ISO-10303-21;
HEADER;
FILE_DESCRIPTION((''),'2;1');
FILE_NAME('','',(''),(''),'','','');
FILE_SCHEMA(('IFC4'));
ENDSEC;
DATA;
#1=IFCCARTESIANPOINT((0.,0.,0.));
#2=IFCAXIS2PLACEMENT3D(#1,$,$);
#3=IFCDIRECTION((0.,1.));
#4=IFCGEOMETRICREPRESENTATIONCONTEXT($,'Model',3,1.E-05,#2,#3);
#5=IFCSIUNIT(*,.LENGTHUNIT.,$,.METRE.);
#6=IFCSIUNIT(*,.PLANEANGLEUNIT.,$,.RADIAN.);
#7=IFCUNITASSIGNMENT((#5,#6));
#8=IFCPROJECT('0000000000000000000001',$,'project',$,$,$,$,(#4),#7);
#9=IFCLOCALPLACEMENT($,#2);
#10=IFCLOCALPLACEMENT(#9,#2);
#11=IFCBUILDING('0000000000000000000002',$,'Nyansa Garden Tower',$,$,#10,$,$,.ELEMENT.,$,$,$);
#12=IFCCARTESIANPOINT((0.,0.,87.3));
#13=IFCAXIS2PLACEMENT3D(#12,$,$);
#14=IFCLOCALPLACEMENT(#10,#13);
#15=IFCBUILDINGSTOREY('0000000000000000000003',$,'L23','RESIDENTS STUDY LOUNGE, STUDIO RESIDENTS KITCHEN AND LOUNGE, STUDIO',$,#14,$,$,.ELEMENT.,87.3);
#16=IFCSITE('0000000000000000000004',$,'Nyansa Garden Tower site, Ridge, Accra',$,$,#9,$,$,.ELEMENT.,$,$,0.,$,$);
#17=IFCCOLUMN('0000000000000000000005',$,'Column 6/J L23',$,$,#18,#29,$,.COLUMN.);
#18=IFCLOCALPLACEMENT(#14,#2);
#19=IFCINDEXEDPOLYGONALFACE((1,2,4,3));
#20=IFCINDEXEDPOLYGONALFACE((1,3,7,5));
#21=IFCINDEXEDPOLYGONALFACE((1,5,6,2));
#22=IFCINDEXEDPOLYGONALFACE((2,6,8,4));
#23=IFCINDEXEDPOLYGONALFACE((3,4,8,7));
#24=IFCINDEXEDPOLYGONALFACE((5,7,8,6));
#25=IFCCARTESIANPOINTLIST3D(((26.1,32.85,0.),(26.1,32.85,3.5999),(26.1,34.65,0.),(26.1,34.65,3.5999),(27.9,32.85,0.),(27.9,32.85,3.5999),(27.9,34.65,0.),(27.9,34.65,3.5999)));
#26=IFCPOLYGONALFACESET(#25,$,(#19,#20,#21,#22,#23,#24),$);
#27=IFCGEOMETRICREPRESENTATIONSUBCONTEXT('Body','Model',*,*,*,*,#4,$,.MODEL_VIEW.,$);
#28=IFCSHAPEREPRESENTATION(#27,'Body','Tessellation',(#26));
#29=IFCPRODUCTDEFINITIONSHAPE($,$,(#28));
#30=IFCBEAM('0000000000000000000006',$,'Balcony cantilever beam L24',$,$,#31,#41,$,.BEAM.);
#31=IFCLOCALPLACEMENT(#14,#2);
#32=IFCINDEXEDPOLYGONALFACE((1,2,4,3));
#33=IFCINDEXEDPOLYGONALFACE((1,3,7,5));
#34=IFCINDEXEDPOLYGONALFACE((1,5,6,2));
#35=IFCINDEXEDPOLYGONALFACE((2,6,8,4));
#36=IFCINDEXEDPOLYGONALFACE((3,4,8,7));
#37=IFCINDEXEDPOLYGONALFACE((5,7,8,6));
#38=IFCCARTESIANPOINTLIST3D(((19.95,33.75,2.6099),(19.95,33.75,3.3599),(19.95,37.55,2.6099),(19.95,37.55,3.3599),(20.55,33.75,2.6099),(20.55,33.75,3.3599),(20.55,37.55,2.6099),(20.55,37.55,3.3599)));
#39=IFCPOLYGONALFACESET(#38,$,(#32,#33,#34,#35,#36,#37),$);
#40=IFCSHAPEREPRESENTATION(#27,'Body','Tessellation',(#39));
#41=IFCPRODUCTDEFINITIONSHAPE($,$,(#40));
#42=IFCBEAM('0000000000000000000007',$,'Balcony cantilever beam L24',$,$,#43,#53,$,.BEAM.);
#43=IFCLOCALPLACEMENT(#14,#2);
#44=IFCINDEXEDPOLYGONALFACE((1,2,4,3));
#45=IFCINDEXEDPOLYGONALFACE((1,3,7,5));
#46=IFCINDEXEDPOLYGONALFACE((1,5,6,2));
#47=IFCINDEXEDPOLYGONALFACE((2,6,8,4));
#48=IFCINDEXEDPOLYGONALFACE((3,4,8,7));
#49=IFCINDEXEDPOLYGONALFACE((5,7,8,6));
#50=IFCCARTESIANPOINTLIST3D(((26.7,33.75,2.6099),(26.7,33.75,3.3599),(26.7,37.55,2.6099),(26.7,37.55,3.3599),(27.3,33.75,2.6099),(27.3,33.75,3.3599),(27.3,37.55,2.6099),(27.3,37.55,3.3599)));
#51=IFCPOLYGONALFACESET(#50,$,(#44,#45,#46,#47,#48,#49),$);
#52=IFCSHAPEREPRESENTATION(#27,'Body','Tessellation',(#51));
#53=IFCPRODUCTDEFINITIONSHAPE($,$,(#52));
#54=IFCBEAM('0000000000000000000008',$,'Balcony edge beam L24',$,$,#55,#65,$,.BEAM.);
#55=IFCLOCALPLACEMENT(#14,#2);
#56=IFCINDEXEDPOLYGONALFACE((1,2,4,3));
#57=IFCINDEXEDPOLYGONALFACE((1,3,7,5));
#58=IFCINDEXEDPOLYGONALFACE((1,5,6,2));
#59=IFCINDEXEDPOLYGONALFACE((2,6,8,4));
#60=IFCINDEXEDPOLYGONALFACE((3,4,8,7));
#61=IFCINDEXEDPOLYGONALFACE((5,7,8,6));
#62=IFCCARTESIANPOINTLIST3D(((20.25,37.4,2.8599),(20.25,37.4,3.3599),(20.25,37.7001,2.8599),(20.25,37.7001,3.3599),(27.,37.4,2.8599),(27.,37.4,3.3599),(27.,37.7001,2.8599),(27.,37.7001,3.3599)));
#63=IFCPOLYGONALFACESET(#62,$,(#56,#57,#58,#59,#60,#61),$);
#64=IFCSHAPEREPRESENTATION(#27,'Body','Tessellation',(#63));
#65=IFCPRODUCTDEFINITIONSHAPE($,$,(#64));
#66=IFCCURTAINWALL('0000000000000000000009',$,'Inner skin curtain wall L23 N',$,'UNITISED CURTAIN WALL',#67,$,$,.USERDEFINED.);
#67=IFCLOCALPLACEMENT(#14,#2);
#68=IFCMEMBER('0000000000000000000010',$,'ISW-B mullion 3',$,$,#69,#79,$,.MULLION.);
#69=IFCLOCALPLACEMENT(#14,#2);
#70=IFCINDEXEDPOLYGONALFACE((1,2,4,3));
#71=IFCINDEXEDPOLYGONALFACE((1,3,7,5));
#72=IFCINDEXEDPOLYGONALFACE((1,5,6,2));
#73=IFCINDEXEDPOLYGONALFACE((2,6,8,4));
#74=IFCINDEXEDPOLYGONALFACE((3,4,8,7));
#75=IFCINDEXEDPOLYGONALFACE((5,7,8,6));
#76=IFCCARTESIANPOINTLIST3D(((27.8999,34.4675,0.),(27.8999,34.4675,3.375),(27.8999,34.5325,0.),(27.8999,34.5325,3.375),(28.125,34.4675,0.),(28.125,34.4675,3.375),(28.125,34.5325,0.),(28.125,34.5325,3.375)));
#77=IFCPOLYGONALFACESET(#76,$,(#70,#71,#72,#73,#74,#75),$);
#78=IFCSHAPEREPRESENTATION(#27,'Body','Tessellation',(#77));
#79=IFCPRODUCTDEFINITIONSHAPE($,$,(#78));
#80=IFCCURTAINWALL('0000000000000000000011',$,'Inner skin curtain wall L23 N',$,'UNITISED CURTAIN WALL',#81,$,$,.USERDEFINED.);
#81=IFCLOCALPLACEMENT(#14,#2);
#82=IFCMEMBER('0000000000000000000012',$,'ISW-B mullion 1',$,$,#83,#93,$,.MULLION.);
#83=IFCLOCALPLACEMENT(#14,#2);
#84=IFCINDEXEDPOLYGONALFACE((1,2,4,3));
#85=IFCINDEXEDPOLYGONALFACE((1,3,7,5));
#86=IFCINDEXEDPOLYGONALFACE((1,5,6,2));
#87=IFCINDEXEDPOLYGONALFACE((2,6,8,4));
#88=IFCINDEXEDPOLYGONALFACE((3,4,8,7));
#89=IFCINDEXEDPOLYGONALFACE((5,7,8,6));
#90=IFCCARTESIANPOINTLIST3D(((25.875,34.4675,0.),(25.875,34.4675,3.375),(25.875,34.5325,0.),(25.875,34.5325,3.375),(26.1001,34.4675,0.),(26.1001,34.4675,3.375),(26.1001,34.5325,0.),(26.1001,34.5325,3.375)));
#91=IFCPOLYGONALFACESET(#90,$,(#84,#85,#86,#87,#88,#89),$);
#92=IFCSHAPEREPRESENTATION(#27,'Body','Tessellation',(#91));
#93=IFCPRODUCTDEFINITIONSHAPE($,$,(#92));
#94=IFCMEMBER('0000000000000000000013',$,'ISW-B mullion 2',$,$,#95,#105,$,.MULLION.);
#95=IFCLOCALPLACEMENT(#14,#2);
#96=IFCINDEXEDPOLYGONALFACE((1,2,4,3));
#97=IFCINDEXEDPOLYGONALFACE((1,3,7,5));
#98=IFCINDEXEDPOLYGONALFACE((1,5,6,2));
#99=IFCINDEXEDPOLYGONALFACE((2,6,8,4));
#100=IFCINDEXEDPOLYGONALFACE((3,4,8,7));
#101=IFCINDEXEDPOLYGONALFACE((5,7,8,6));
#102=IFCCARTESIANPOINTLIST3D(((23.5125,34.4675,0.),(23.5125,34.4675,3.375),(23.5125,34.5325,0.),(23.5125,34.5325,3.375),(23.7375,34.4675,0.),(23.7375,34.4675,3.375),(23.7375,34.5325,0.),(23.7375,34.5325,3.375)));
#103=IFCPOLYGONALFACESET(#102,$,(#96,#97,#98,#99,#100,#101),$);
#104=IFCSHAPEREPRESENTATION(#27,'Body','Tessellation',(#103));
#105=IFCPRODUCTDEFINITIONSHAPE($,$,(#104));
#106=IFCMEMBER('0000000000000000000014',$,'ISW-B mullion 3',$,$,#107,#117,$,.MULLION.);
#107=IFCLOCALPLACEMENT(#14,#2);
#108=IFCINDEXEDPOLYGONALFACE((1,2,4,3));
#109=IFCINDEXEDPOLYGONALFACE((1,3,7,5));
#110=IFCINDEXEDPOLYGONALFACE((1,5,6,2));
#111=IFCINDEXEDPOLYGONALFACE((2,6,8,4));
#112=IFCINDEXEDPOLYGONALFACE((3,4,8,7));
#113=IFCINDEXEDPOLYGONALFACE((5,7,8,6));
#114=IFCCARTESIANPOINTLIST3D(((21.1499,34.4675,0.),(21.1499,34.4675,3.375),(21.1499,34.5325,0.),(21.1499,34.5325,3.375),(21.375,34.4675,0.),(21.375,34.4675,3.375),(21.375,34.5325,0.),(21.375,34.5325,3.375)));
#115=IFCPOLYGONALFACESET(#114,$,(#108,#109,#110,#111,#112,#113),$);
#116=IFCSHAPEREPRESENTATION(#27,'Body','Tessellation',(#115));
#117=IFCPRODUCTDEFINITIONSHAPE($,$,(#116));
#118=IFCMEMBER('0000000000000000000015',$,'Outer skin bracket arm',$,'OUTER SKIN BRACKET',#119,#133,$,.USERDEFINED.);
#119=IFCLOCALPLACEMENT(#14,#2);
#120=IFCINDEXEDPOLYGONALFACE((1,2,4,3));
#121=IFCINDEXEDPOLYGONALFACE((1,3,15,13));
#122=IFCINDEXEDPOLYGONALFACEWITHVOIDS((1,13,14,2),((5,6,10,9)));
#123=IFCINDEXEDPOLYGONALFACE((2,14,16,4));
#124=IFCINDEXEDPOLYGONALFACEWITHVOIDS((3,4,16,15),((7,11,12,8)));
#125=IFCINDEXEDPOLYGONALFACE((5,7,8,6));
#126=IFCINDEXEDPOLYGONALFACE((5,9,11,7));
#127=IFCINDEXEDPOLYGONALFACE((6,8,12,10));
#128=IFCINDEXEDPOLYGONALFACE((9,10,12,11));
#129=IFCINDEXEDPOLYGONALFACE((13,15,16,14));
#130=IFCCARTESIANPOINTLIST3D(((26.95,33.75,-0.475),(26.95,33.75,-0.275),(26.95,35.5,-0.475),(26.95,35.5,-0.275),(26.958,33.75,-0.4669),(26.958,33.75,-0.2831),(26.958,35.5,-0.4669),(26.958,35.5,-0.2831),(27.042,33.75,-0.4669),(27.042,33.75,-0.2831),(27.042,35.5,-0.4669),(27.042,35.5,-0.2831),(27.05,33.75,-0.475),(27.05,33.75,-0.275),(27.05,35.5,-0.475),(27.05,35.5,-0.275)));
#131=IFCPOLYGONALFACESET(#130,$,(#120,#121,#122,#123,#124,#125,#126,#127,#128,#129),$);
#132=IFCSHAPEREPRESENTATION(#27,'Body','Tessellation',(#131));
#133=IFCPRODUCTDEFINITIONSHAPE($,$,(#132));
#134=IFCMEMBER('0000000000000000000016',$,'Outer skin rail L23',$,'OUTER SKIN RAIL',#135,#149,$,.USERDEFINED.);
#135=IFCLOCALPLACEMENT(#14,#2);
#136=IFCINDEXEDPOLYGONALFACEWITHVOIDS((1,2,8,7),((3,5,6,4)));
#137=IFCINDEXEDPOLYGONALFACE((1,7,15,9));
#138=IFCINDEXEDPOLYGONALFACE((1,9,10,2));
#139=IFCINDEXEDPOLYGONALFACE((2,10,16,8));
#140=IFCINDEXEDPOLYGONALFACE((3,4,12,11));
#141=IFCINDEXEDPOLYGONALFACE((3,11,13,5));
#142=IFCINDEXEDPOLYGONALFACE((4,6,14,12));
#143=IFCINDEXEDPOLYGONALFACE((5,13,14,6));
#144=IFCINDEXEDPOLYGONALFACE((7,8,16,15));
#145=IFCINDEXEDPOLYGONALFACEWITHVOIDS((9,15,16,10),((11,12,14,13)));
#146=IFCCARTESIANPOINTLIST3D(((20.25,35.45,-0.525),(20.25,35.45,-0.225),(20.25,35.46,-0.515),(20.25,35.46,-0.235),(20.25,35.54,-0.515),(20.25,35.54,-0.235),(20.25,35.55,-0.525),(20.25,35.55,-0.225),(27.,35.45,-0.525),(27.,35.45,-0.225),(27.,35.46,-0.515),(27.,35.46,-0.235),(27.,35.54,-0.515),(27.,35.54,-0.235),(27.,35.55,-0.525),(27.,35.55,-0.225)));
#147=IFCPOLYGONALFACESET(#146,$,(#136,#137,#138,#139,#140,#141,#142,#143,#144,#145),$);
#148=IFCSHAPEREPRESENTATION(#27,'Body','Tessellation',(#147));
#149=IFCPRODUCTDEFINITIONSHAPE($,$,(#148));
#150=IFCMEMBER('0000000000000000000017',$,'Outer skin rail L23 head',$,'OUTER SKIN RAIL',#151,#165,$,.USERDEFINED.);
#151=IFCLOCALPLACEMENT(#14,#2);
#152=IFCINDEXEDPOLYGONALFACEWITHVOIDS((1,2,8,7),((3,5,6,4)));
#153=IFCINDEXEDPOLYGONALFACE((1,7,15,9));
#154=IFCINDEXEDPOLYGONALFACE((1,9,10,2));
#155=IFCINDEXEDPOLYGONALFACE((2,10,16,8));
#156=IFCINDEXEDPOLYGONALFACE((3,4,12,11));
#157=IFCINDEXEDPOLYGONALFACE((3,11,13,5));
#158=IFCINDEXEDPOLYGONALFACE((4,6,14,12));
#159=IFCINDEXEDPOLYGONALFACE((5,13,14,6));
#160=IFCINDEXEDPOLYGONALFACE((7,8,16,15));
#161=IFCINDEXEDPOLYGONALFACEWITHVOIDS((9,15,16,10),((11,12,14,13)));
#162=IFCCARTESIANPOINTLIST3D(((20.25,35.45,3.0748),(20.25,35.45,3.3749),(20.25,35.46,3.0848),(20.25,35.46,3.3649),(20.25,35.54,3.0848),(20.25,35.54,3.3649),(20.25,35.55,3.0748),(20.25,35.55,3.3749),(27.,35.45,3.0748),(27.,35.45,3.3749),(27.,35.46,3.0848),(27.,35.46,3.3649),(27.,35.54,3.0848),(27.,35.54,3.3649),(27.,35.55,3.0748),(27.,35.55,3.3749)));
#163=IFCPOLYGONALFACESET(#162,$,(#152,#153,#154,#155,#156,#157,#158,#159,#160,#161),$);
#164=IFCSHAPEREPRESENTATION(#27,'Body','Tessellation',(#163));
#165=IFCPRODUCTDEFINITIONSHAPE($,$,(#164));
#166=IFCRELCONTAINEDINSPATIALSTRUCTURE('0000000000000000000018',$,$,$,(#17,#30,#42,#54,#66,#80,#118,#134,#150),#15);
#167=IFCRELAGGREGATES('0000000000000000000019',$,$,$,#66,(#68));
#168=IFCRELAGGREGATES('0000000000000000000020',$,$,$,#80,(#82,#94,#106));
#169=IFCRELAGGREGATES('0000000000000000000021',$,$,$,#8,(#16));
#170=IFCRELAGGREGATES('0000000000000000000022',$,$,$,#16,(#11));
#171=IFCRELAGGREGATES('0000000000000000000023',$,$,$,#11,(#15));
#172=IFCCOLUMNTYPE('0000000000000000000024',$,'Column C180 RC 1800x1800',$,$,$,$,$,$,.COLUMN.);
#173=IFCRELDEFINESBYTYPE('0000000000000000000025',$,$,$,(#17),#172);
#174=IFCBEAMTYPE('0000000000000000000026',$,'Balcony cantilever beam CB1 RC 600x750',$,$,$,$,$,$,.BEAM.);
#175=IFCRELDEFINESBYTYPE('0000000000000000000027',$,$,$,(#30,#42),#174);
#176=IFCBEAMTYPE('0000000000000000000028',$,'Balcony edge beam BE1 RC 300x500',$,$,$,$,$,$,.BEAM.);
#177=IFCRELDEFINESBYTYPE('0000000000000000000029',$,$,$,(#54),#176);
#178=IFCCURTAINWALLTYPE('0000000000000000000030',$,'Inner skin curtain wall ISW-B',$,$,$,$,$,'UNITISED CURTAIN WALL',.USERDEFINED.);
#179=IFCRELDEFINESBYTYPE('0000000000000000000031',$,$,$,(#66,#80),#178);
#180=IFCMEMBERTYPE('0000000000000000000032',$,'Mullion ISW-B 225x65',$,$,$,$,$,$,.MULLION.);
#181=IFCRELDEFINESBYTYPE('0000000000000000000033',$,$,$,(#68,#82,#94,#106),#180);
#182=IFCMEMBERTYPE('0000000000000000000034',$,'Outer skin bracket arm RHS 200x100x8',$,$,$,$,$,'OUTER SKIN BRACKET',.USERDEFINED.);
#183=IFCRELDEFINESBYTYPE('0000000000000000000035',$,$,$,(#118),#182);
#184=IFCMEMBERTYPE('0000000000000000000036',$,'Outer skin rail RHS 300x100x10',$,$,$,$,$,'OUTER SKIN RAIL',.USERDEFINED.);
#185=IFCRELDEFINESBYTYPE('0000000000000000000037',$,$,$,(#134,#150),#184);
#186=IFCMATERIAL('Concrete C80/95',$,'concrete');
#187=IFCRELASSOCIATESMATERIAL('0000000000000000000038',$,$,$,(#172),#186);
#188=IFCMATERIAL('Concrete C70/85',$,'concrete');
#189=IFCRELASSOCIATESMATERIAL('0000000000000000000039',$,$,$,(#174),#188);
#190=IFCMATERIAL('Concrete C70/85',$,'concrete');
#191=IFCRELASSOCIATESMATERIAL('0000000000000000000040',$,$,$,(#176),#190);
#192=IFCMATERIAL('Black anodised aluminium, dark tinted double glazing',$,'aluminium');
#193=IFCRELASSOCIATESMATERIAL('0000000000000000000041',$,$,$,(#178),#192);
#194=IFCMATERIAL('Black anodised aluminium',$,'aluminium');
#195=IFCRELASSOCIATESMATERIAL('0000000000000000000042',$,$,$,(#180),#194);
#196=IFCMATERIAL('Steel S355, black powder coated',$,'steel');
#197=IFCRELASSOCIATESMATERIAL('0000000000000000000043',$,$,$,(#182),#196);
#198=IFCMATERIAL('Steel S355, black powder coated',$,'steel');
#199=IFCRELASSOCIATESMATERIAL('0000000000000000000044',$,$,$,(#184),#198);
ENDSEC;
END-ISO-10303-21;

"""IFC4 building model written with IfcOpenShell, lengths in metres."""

from ifc_helpers import new_model, si_unit, direction, frame, origin, origin_2d, place, context, subcontext, project, spatial, rectangle, hollow_rectangle, extrude, material, material_profile, profile_set, type_object, element, aggregate, save


model = new_model("IFC4")

# Units and contexts
model_context = context("Model", 3, precision=1e-05, world=origin(), true_north=direction((0.0, 1.0)))
body_context = subcontext(model_context, "Body", "Model", "MODEL_VIEW")
ifc_project = project(units=[si_unit("LENGTHUNIT", "METRE"), si_unit("PLANEANGLEUNIT", "RADIAN")], contexts=[model_context])

# Site, building, storey
site_placement = place(None, origin())
site = spatial("IfcSite", under=ifc_project, at=site_placement, Name="Nyansa Garden Tower site, Ridge, Accra", CompositionType="ELEMENT", RefElevation=0.0)
building_placement = place(site_placement, origin())
building = spatial("IfcBuilding", under=site, at=building_placement, Name="Nyansa Garden Tower", CompositionType="ELEMENT")
storey_placement = place(building_placement, frame((0.0, 0.0, 87.3)))
storey = spatial("IfcBuildingStorey", under=building, at=storey_placement, Name="L23", Description="RESIDENTS STUDY LOUNGE, STUDIO RESIDENTS KITCHEN AND LOUNGE, STUDIO", CompositionType="ELEMENT", Elevation=87.3)

# Column
ifc_material_1 = material(Name="Concrete C80/95", Category="concrete")
ifc_material_profile_1 = material_profile(ifc_material_1, rectangle(XDim=1.8, YDim=1.8, at=origin_2d()), Name="RC 1800x1800")
ifc_profile_set_1 = profile_set([ifc_material_profile_1], Name="Concrete C80/95")
column_type = type_object("IfcColumnType", Name="Column C180 RC 1800x1800", PredefinedType="COLUMN", material=ifc_profile_set_1)
column_placement = place(storey_placement, frame((27.0, 33.75, 0.0), z_axis=(0.0, 0.0, 1.0), x_axis=(1.0, 0.0, 0.0)))
element("IfcColumn", 1, at=column_placement, inside=storey, type_object=column_type, Name="Column 6/J L23", PredefinedType="COLUMN", context=body_context, shape_type="SweptSolid", body=[
    extrude(rectangle(XDim=1.8, YDim=1.8, at=origin_2d()), origin(), (0.0, 0.0, 1.0), 3.5999),
])

# Beams
ifc_material_2 = material(Name="Concrete C70/85", Category="concrete")
ifc_material_profile_2 = material_profile(ifc_material_2, rectangle(XDim=0.6001, YDim=0.75, at=origin_2d()), Name="RC 600x750")
ifc_profile_set_2 = profile_set([ifc_material_profile_2], Name="Concrete C70/85")
beam_type_1 = type_object("IfcBeamType", Name="Balcony cantilever beam CB1 RC 600x750", PredefinedType="BEAM", material=ifc_profile_set_2)
for number, where, z_axis, x_axis, name in (
    (2, (20.25, 33.75, 2.9849), (0.0, 1.0, 0.0), (-1.0, 0.0, 0.0), "Balcony cantilever beam L24"),
    (3, (27.0, 33.75, 2.9849), (0.0, 1.0, 0.0), (-1.0, 0.0, 0.0), "Balcony cantilever beam L24"),
):
    element("IfcBeam", number, at=place(storey_placement, frame(where, z_axis=z_axis, x_axis=x_axis)), inside=storey, type_object=beam_type_1, Name=name, PredefinedType="BEAM", context=body_context, shape_type="SweptSolid", body=[
        extrude(rectangle(XDim=0.6001, YDim=0.75, at=origin_2d()), origin(), (0.0, 0.0, 1.0), 3.8),
    ])
ifc_material_3 = material(Name="Concrete C70/85", Category="concrete")
ifc_material_profile_3 = material_profile(ifc_material_3, rectangle(XDim=0.3, YDim=0.5, at=origin_2d()), Name="RC 300x500")
ifc_profile_set_3 = profile_set([ifc_material_profile_3], Name="Concrete C70/85")
beam_type_2 = type_object("IfcBeamType", Name="Balcony edge beam BE1 RC 300x500", PredefinedType="BEAM", material=ifc_profile_set_3)
beam_1_placement = place(storey_placement, frame((20.25, 37.55, 3.1099), z_axis=(1.0, 0.0, 0.0), x_axis=(0.0, 1.0, 0.0)))
element("IfcBeam", 4, at=beam_1_placement, inside=storey, type_object=beam_type_2, Name="Balcony edge beam L24", PredefinedType="BEAM", context=body_context, shape_type="SweptSolid", body=[
    extrude(rectangle(XDim=0.3, YDim=0.5, at=origin_2d()), origin(), (0.0, 0.0, 1.0), 6.75),
])

# Curtain wall, member
ifc_material_4 = material(Name="Black anodised aluminium, dark tinted double glazing", Category="aluminium")
curtain_wall_type = type_object("IfcCurtainWallType", Name="Inner skin curtain wall ISW-B", ElementType="UNITISED CURTAIN WALL", PredefinedType="USERDEFINED", material=ifc_material_4)
curtain_wall_1_placement = place(storey_placement, origin())
curtain_wall_1 = element("IfcCurtainWall", 5, at=curtain_wall_1_placement, inside=storey, type_object=curtain_wall_type, Name="Inner skin curtain wall L23 N", ObjectType="UNITISED CURTAIN WALL", PredefinedType="USERDEFINED")
ifc_material_5 = material(Name="Black anodised aluminium", Category="aluminium")
ifc_material_profile_4 = material_profile(ifc_material_5, rectangle(XDim=0.0649, YDim=0.2251, at=origin_2d()), Name="Mullion 225x65")
ifc_profile_set_4 = profile_set([ifc_material_profile_4], Name="Black anodised aluminium")
member_type_1 = type_object("IfcMemberType", Name="Mullion ISW-B 225x65", PredefinedType="MULLION", material=ifc_profile_set_4)
member_1_placement = place(storey_placement, frame((28.0125, 34.5, 0.0), z_axis=(0.0, 0.0, 1.0), x_axis=(0.0, -1.0, 0.0)))
member_1 = element("IfcMember", 6, at=member_1_placement, type_object=member_type_1, Name="ISW-B mullion 3", PredefinedType="MULLION", context=body_context, shape_type="SweptSolid", body=[
    extrude(rectangle(XDim=0.0649, YDim=0.2251, at=origin_2d()), origin(), (0.0, 0.0, 1.0), 3.375),
])

# Curtain wall, members
curtain_wall_2_placement = place(storey_placement, origin())
curtain_wall_2 = element("IfcCurtainWall", 7, at=curtain_wall_2_placement, inside=storey, type_object=curtain_wall_type, Name="Inner skin curtain wall L23 N", ObjectType="UNITISED CURTAIN WALL", PredefinedType="USERDEFINED")
member_2_placement = place(storey_placement, frame((25.9875, 34.5, 0.0), z_axis=(0.0, 0.0, 1.0), x_axis=(0.0, -1.0, 0.0)))
member_2 = element("IfcMember", 8, at=member_2_placement, type_object=member_type_1, Name="ISW-B mullion 1", PredefinedType="MULLION", context=body_context, shape_type="SweptSolid", body=[
    extrude(rectangle(XDim=0.0649, YDim=0.2251, at=origin_2d()), origin(), (0.0, 0.0, 1.0), 3.375),
])
member_3_placement = place(storey_placement, frame((23.625, 34.5, 0.0), z_axis=(0.0, 0.0, 1.0), x_axis=(0.0, -1.0, 0.0)))
member_3 = element("IfcMember", 9, at=member_3_placement, type_object=member_type_1, Name="ISW-B mullion 2", PredefinedType="MULLION", context=body_context, shape_type="SweptSolid", body=[
    extrude(rectangle(XDim=0.0649, YDim=0.2251, at=origin_2d()), origin(), (0.0, 0.0, 1.0), 3.375),
])
member_4_placement = place(storey_placement, frame((21.2625, 34.5, 0.0), z_axis=(0.0, 0.0, 1.0), x_axis=(0.0, -1.0, 0.0)))
member_4 = element("IfcMember", 10, at=member_4_placement, type_object=member_type_1, Name="ISW-B mullion 3", PredefinedType="MULLION", context=body_context, shape_type="SweptSolid", body=[
    extrude(rectangle(XDim=0.0649, YDim=0.2251, at=origin_2d()), origin(), (0.0, 0.0, 1.0), 3.375),
])

# Members
ifc_material_6 = material(Name="Steel S355, black powder coated", Category="steel")
ifc_material_profile_5 = material_profile(ifc_material_6, hollow_rectangle(XDim=0.1001, YDim=0.2, WallThickness=0.0081, at=origin_2d()), Name="RHS 200x100x8")
ifc_profile_set_5 = profile_set([ifc_material_profile_5], Name="Steel S355, black powder coated")
member_type_2 = type_object("IfcMemberType", Name="Outer skin bracket arm RHS 200x100x8", ElementType="OUTER SKIN BRACKET", PredefinedType="USERDEFINED", material=ifc_profile_set_5)
member_5_placement = place(storey_placement, frame((27.0, 33.75, -0.375), z_axis=(0.0, 1.0, 0.0), x_axis=(-1.0, 0.0, 0.0)))
element("IfcMember", 11, at=member_5_placement, inside=storey, type_object=member_type_2, Name="Outer skin bracket arm", ObjectType="OUTER SKIN BRACKET", PredefinedType="USERDEFINED", context=body_context, shape_type="SweptSolid", body=[
    extrude(hollow_rectangle(XDim=0.1001, YDim=0.2, WallThickness=0.0081, at=origin_2d()), origin(), (0.0, 0.0, 1.0), 1.75),
])
ifc_material_7 = material(Name="Steel S355, black powder coated", Category="steel")
ifc_material_profile_6 = material_profile(ifc_material_7, hollow_rectangle(XDim=0.1001, YDim=0.3, WallThickness=0.01, at=origin_2d()), Name="RHS 300x100x10")
ifc_profile_set_6 = profile_set([ifc_material_profile_6], Name="Steel S355, black powder coated")
member_type_3 = type_object("IfcMemberType", Name="Outer skin rail RHS 300x100x10", ElementType="OUTER SKIN RAIL", PredefinedType="USERDEFINED", material=ifc_profile_set_6)
for number, where, z_axis, x_axis, name in (
    (12, (20.25, 35.5, -0.375), (1.0, 0.0, 0.0), (0.0, 1.0, 0.0), "Outer skin rail L23"),
    (13, (20.25, 35.5, 3.2249), (1.0, 0.0, 0.0), (0.0, 1.0, 0.0), "Outer skin rail L23 head"),
):
    element("IfcMember", number, at=place(storey_placement, frame(where, z_axis=z_axis, x_axis=x_axis)), inside=storey, type_object=member_type_3, Name=name, ObjectType="OUTER SKIN RAIL", PredefinedType="USERDEFINED", context=body_context, shape_type="SweptSolid", body=[
        extrude(hollow_rectangle(XDim=0.1001, YDim=0.3, WallThickness=0.01, at=origin_2d()), origin(), (0.0, 0.0, 1.0), 6.75),
    ])

aggregate(curtain_wall_1, [member_1])
aggregate(curtain_wall_2, [member_2, member_3, member_4])

save(model, "model.ifc")
